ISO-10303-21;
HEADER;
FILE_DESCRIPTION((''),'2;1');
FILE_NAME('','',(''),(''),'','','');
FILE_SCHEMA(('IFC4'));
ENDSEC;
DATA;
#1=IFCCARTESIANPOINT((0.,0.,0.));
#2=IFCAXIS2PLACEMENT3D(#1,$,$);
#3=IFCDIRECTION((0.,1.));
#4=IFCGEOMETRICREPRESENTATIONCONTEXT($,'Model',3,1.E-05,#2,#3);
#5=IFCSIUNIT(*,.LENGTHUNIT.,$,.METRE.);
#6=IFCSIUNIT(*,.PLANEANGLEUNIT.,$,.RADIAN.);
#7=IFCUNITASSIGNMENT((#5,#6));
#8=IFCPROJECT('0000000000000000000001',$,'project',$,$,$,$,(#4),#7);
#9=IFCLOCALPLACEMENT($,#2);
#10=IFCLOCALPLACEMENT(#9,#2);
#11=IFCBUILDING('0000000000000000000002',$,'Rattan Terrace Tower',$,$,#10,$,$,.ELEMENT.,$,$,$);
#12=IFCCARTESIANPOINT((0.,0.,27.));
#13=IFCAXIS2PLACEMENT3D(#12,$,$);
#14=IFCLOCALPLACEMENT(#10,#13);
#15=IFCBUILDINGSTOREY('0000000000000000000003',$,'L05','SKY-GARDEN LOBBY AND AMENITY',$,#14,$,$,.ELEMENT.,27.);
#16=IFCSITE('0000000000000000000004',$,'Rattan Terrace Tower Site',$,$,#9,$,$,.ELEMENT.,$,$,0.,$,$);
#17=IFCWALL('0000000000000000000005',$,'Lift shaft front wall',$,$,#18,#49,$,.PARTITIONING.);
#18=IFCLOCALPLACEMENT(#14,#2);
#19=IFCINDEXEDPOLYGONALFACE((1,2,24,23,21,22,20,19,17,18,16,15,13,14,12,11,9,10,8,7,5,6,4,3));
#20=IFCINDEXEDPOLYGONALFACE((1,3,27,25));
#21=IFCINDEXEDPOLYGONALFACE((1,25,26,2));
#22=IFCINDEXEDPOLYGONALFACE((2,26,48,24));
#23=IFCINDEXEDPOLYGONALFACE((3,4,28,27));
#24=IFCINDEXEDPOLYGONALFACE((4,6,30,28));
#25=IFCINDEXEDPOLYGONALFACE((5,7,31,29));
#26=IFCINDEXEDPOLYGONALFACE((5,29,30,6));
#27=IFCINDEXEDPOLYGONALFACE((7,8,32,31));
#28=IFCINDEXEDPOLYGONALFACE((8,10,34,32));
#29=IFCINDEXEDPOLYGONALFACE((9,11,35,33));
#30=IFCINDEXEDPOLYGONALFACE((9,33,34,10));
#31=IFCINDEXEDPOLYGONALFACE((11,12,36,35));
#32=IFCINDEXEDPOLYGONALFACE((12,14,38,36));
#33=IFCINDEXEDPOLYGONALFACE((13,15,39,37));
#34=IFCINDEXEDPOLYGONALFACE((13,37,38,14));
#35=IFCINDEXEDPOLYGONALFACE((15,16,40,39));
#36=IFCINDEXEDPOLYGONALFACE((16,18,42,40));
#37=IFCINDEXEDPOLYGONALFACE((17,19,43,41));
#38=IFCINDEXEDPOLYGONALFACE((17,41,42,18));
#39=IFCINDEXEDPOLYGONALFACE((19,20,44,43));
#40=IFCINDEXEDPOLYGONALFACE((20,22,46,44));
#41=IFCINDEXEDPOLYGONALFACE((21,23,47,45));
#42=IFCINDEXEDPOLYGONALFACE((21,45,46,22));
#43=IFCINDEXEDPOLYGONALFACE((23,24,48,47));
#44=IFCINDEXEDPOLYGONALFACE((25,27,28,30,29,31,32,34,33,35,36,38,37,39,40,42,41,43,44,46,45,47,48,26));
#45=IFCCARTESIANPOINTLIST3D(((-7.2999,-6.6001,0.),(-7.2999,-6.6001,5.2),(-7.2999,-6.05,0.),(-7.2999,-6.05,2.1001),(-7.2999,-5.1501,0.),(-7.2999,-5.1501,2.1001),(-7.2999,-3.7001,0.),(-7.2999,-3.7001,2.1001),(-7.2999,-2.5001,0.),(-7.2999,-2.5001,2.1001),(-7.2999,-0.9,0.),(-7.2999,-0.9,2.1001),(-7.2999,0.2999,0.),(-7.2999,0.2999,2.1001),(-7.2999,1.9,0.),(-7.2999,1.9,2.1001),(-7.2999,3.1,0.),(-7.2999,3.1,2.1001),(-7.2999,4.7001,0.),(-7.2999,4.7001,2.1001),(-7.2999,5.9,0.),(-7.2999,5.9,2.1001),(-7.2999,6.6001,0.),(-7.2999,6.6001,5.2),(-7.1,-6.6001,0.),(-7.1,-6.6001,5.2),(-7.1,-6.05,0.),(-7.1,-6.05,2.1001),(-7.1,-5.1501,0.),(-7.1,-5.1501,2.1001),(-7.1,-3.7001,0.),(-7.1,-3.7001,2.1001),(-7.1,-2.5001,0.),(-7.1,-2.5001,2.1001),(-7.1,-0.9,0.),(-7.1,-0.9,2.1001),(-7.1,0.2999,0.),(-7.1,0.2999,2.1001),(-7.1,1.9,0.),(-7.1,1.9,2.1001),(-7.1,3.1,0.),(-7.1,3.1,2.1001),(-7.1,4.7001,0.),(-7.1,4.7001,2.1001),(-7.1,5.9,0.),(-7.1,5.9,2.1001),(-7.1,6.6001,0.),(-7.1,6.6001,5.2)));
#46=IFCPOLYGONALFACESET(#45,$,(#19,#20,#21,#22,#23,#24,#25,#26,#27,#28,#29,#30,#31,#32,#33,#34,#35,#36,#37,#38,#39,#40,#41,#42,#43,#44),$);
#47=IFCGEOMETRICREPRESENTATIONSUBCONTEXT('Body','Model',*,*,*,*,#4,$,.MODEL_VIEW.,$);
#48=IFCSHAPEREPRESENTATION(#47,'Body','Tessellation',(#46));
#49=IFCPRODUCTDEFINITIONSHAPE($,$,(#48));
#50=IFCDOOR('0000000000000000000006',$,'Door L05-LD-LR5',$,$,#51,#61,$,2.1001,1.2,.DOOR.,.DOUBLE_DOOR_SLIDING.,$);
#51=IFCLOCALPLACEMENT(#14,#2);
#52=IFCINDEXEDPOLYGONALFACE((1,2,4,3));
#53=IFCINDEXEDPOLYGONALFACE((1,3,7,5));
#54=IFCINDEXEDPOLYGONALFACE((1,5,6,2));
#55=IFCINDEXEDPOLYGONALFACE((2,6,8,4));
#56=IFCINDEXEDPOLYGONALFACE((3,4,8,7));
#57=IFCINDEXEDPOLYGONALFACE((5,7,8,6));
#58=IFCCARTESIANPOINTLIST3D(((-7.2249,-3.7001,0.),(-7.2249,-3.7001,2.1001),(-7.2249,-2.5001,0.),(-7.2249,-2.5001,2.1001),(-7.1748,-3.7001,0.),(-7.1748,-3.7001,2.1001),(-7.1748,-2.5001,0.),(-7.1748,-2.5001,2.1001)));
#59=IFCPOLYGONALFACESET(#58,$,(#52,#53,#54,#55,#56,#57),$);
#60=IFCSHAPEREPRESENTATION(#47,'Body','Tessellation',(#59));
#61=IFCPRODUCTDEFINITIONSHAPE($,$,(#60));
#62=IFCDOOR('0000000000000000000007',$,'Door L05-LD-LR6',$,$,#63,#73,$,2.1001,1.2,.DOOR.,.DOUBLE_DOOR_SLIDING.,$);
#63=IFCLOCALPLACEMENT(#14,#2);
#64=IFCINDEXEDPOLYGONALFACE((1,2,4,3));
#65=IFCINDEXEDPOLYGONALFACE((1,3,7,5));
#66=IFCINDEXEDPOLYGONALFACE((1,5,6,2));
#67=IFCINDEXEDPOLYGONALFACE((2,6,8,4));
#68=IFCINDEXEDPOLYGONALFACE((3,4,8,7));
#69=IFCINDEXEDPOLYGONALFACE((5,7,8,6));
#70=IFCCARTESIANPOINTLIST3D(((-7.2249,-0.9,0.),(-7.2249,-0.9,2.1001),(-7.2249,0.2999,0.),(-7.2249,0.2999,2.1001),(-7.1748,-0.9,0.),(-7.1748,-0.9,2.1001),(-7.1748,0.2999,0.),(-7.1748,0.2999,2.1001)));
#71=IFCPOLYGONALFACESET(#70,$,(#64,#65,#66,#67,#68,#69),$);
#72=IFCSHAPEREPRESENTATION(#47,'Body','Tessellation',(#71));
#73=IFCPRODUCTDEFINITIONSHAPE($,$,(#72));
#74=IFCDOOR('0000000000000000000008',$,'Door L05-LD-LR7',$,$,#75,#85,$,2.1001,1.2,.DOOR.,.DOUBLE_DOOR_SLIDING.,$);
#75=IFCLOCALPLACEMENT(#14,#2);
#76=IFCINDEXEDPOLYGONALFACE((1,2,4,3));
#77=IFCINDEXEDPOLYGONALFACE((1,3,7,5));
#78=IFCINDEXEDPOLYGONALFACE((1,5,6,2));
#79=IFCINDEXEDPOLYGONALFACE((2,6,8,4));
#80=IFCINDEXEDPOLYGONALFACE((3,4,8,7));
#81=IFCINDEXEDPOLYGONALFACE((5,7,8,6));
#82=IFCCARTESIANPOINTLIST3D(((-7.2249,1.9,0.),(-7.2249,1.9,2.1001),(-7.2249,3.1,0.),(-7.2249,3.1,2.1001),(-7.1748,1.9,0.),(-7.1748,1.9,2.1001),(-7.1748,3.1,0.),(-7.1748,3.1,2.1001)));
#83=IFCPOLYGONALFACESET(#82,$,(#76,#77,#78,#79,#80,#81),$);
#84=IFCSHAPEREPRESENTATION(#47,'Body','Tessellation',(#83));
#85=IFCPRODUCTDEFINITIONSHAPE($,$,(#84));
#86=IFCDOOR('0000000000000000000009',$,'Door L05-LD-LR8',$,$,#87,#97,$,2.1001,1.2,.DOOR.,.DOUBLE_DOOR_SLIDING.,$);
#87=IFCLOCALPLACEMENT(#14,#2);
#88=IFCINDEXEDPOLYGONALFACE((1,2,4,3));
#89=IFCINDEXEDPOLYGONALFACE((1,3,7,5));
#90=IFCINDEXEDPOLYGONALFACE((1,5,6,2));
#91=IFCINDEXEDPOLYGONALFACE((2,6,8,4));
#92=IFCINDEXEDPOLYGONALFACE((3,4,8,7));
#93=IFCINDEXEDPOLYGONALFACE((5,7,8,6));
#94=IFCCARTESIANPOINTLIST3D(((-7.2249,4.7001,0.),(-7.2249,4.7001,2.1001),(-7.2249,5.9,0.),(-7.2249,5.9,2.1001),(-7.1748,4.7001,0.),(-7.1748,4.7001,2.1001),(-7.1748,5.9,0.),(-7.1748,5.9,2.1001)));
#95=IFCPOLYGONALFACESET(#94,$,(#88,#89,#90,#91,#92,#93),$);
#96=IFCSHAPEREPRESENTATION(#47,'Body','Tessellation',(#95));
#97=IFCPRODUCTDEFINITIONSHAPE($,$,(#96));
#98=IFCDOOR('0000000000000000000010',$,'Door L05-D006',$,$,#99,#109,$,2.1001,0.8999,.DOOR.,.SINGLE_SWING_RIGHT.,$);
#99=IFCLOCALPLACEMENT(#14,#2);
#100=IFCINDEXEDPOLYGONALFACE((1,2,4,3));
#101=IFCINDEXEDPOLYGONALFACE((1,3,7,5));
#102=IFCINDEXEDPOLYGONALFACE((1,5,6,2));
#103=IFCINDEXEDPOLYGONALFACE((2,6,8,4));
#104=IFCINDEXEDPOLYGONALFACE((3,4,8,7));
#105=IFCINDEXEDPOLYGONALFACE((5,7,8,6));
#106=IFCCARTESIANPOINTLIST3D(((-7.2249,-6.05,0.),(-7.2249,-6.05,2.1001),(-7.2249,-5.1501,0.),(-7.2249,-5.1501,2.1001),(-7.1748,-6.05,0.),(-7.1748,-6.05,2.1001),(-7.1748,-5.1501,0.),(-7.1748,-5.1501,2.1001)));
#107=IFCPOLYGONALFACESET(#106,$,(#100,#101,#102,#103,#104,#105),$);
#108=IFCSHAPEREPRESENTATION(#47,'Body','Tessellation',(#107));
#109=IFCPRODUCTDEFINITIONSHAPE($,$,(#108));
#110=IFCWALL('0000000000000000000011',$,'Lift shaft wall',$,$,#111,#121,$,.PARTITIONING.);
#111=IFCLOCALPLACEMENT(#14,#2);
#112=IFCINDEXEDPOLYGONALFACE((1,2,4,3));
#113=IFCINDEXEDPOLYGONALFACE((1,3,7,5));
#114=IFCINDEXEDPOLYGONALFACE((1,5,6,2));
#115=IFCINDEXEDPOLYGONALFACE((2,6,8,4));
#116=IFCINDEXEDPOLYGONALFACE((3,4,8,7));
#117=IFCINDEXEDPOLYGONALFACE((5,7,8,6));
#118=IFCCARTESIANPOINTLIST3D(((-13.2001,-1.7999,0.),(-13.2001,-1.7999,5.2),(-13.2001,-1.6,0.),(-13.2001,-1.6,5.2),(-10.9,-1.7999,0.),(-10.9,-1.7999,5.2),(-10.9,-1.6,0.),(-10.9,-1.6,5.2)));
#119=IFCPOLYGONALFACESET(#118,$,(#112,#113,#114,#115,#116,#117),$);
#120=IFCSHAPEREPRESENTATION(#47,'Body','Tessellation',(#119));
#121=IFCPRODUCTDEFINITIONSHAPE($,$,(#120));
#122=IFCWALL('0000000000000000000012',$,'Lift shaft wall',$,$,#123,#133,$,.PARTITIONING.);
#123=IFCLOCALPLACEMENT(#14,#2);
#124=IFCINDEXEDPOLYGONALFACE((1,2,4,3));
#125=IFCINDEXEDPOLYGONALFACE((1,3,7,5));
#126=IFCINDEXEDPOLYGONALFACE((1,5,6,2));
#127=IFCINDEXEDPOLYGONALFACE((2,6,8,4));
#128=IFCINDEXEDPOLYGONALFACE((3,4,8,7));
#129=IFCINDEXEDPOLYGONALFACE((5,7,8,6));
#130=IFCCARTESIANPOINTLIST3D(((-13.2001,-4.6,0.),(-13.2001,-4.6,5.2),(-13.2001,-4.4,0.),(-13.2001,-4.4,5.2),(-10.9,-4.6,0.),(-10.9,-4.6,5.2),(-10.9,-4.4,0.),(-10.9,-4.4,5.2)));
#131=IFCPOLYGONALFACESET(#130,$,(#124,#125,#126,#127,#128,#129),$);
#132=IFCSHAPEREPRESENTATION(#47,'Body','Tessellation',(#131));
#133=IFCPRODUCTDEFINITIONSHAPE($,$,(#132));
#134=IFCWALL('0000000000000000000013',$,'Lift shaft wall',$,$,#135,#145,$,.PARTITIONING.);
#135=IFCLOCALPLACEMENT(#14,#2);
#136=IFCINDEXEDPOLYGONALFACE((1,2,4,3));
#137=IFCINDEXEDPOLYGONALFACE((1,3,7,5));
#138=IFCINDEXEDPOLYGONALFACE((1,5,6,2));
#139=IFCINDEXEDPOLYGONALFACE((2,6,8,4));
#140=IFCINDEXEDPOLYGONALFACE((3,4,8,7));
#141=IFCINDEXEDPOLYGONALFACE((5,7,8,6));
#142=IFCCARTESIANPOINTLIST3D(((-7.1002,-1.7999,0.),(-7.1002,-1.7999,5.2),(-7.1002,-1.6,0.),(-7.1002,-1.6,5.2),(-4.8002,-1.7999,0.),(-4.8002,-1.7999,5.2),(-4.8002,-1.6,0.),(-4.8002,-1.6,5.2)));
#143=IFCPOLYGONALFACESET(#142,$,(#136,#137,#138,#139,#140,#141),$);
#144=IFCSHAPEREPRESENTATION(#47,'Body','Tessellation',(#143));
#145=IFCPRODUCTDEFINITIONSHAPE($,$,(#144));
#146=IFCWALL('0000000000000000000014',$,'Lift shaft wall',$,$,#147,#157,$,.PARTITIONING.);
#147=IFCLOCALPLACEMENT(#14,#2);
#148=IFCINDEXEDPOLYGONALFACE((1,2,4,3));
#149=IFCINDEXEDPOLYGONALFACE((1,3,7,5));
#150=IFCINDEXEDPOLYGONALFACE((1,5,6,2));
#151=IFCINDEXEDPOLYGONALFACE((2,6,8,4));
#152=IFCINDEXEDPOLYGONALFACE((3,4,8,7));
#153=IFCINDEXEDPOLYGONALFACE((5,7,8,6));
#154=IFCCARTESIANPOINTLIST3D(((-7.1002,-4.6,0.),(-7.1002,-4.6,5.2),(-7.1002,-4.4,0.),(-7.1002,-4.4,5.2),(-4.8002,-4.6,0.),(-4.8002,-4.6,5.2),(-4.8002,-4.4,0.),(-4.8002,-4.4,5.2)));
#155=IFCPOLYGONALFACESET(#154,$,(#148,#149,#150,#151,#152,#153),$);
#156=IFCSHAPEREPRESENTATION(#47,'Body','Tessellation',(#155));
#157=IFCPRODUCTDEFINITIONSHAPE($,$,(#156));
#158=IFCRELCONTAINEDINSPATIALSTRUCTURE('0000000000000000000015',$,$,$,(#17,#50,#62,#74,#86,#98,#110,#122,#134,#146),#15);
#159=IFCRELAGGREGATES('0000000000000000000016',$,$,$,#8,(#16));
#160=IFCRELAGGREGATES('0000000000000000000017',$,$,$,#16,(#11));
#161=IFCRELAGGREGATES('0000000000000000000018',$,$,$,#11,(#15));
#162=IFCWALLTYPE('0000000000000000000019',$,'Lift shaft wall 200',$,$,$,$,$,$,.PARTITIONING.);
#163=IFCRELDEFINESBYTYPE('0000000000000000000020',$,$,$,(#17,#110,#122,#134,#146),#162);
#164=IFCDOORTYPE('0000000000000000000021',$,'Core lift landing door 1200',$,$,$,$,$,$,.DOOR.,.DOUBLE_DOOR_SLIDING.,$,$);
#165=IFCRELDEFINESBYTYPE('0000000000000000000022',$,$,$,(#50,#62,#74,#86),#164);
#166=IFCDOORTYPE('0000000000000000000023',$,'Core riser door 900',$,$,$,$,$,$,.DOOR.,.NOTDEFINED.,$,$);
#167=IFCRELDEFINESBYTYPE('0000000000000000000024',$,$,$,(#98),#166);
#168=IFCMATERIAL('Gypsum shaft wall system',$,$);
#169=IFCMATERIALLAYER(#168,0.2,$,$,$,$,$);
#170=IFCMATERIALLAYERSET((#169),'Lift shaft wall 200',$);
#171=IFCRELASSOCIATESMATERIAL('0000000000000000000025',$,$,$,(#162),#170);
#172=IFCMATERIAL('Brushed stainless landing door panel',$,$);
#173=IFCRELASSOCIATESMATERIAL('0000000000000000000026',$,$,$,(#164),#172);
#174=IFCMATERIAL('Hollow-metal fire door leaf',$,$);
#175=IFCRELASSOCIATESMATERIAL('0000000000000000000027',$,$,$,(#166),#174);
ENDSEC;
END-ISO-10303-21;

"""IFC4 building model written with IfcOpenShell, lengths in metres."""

from ifc_helpers import new_model, si_unit, direction, frame, frame_2d, origin, place, context, subcontext, project, spatial, rectangle, extrude, material, layer, layer_set, type_object, element, fill, save


model = new_model("IFC4")

# Units and contexts
model_context = context("Model", 3, precision=1e-05, world=origin(), true_north=direction((0.0, 1.0)))
body_context = subcontext(model_context, "Body", "Model", "MODEL_VIEW")
ifc_project = project(units=[si_unit("LENGTHUNIT", "METRE"), si_unit("PLANEANGLEUNIT", "RADIAN")], contexts=[model_context])

# Site, building, storey
site_placement = place(None, origin())
site = spatial("IfcSite", under=ifc_project, at=site_placement, Name="Rattan Terrace Tower Site", CompositionType="ELEMENT", RefElevation=0.0)
building_placement = place(site_placement, origin())
building = spatial("IfcBuilding", under=site, at=building_placement, Name="Rattan Terrace Tower", CompositionType="ELEMENT")
storey_placement = place(building_placement, frame((0.0, 0.0, 27.0)))
storey = spatial("IfcBuildingStorey", under=building, at=storey_placement, Name="L05", Description="SKY-GARDEN LOBBY AND AMENITY", CompositionType="ELEMENT", Elevation=27.0)

# Wall, openings, doors
ifc_material_1 = material(Name="Gypsum shaft wall system")
ifc_layer_1 = layer(ifc_material_1, 0.2)
ifc_layer_set_1 = layer_set([ifc_layer_1], Name="Lift shaft wall 200")
wall_type_1 = type_object("IfcWallType", Name="Lift shaft wall 200", PredefinedType="PARTITIONING", material=ifc_layer_set_1)
ifc_material_2 = material(Name="Brushed stainless landing door panel")
door_type_1 = type_object("IfcDoorType", Name="Core lift landing door 1200", OperationType="DOUBLE_DOOR_SLIDING", PredefinedType="DOOR", material=ifc_material_2)
ifc_material_3 = material(Name="Hollow-metal fire door leaf")
door_type_2 = type_object("IfcDoorType", Name="Core riser door 900", OperationType="NOTDEFINED", PredefinedType="DOOR", material=ifc_material_3)
wall_1_placement = place(storey_placement, frame((-7.2, -6.6001, 0.0), z_axis=(0.0, 0.0, 1.0), x_axis=(0.0, 1.0, 0.0)))
wall_1 = element("IfcWall", 1, at=wall_1_placement, inside=storey, type_object=wall_type_1, Name="Lift shaft front wall", PredefinedType="PARTITIONING", context=body_context, shape_type="SweptSolid", body=[
    extrude(rectangle(XDim=13.2002, YDim=0.2, at=frame_2d((6.6001, 0.0))), origin(), (0.0, 0.0, 1.0), 5.2),
])
opening_1_placement = place(wall_1_placement, frame((0.55, 0.0, 0.0)))
opening_1 = element("IfcOpeningElement", 2, at=opening_1_placement, cuts=wall_1, PredefinedType="OPENING", context=body_context, shape_type="SweptSolid", body=[
    extrude(rectangle(XDim=0.8999, YDim=2.1001, at=frame_2d((0.45, 1.05))), frame((0.0, 0.1106, 0.0), z_axis=(0.0, -1.0, 0.0), x_axis=(1.0, 0.0, 0.0)), (0.0, 0.0, 1.0), 0.2209),
])
opening_2_placement = place(wall_1_placement, frame((2.8999, 0.0, 0.0)))
opening_2 = element("IfcOpeningElement", 3, at=opening_2_placement, cuts=wall_1, PredefinedType="OPENING", context=body_context, shape_type="SweptSolid", body=[
    extrude(rectangle(XDim=1.2, YDim=2.1001, at=frame_2d((0.6001, 1.05))), frame((0.0, 0.1106, 0.0), z_axis=(0.0, -1.0, 0.0), x_axis=(1.0, 0.0, 0.0)), (0.0, 0.0, 1.0), 0.2209),
])
opening_3_placement = place(wall_1_placement, frame((5.7, 0.0, 0.0)))
opening_3 = element("IfcOpeningElement", 4, at=opening_3_placement, cuts=wall_1, PredefinedType="OPENING", context=body_context, shape_type="SweptSolid", body=[
    extrude(rectangle(XDim=1.2, YDim=2.1001, at=frame_2d((0.6001, 1.05))), frame((0.0, 0.1106, 0.0), z_axis=(0.0, -1.0, 0.0), x_axis=(1.0, 0.0, 0.0)), (0.0, 0.0, 1.0), 0.2209),
])
opening_4_placement = place(wall_1_placement, frame((8.5, 0.0, 0.0)))
opening_4 = element("IfcOpeningElement", 5, at=opening_4_placement, cuts=wall_1, PredefinedType="OPENING", context=body_context, shape_type="SweptSolid", body=[
    extrude(rectangle(XDim=1.2, YDim=2.1001, at=frame_2d((0.6001, 1.05))), frame((0.0, 0.1106, 0.0), z_axis=(0.0, -1.0, 0.0), x_axis=(1.0, 0.0, 0.0)), (0.0, 0.0, 1.0), 0.2209),
])
opening_5_placement = place(wall_1_placement, frame((11.3, 0.0, 0.0)))
opening_5 = element("IfcOpeningElement", 6, at=opening_5_placement, cuts=wall_1, PredefinedType="OPENING", context=body_context, shape_type="SweptSolid", body=[
    extrude(rectangle(XDim=1.2, YDim=2.1001, at=frame_2d((0.6001, 1.05))), frame((0.0, 0.1106, 0.0), z_axis=(0.0, -1.0, 0.0), x_axis=(1.0, 0.0, 0.0)), (0.0, 0.0, 1.0), 0.2209),
])
door_1_placement = place(opening_2_placement, origin())
door_1 = element("IfcDoor", 7, at=door_1_placement, inside=storey, type_object=door_type_1, Name="Door L05-LD-LR5", OperationType="DOUBLE_DOOR_SLIDING", OverallHeight=2.1001, OverallWidth=1.2, PredefinedType="DOOR", context=body_context, shape_type="SweptSolid", body=[
    extrude(rectangle(XDim=1.2, YDim=2.1001, at=frame_2d((0.6001, 1.05))), frame((0.0, 0.0249, 0.0), z_axis=(0.0, -1.0, 0.0), x_axis=(1.0, 0.0, 0.0)), (0.0, 0.0, 1.0), 0.05),
])
fill(opening_2, door_1)
door_2_placement = place(opening_3_placement, origin())
door_2 = element("IfcDoor", 8, at=door_2_placement, inside=storey, type_object=door_type_1, Name="Door L05-LD-LR6", OperationType="DOUBLE_DOOR_SLIDING", OverallHeight=2.1001, OverallWidth=1.2, PredefinedType="DOOR", context=body_context, shape_type="SweptSolid", body=[
    extrude(rectangle(XDim=1.2, YDim=2.1001, at=frame_2d((0.6001, 1.05))), frame((0.0, 0.0249, 0.0), z_axis=(0.0, -1.0, 0.0), x_axis=(1.0, 0.0, 0.0)), (0.0, 0.0, 1.0), 0.05),
])
fill(opening_3, door_2)
door_3_placement = place(opening_4_placement, origin())
door_3 = element("IfcDoor", 9, at=door_3_placement, inside=storey, type_object=door_type_1, Name="Door L05-LD-LR7", OperationType="DOUBLE_DOOR_SLIDING", OverallHeight=2.1001, OverallWidth=1.2, PredefinedType="DOOR", context=body_context, shape_type="SweptSolid", body=[
    extrude(rectangle(XDim=1.2, YDim=2.1001, at=frame_2d((0.6001, 1.05))), frame((0.0, 0.0249, 0.0), z_axis=(0.0, -1.0, 0.0), x_axis=(1.0, 0.0, 0.0)), (0.0, 0.0, 1.0), 0.05),
])
fill(opening_4, door_3)
door_4_placement = place(opening_5_placement, origin())
door_4 = element("IfcDoor", 10, at=door_4_placement, inside=storey, type_object=door_type_1, Name="Door L05-LD-LR8", OperationType="DOUBLE_DOOR_SLIDING", OverallHeight=2.1001, OverallWidth=1.2, PredefinedType="DOOR", context=body_context, shape_type="SweptSolid", body=[
    extrude(rectangle(XDim=1.2, YDim=2.1001, at=frame_2d((0.6001, 1.05))), frame((0.0, 0.0249, 0.0), z_axis=(0.0, -1.0, 0.0), x_axis=(1.0, 0.0, 0.0)), (0.0, 0.0, 1.0), 0.05),
])
fill(opening_5, door_4)
door_5_placement = place(opening_1_placement, origin())
door_5 = element("IfcDoor", 11, at=door_5_placement, inside=storey, type_object=door_type_2, Name="Door L05-D006", OperationType="SINGLE_SWING_RIGHT", OverallHeight=2.1001, OverallWidth=0.8999, PredefinedType="DOOR", context=body_context, shape_type="SweptSolid", body=[
    extrude(rectangle(XDim=0.8999, YDim=2.1001, at=frame_2d((0.45, 1.05))), frame((0.0, 0.0249, 0.0), z_axis=(0.0, -1.0, 0.0), x_axis=(1.0, 0.0, 0.0)), (0.0, 0.0, 1.0), 0.05),
])
fill(opening_1, door_5)

# Walls
for number, where, z_axis, x_axis, name in (
    (12, (-13.2, -1.7, 0.0), (0.0, 0.0, 1.0), (1.0, 0.0, 0.0), "Lift shaft wall"),
    (13, (-13.2, -4.5, 0.0), (0.0, 0.0, 1.0), (1.0, 0.0, 0.0), "Lift shaft wall"),
    (14, (-7.1001, -1.7, 0.0), (0.0, 0.0, 1.0), (1.0, 0.0, 0.0), "Lift shaft wall"),
    (15, (-7.1001, -4.5, 0.0), (0.0, 0.0, 1.0), (1.0, 0.0, 0.0), "Lift shaft wall"),
):
    element("IfcWall", number, at=place(storey_placement, frame(where, z_axis=z_axis, x_axis=x_axis)), inside=storey, type_object=wall_type_1, Name=name, PredefinedType="PARTITIONING", context=body_context, shape_type="SweptSolid", body=[
        extrude(rectangle(XDim=2.3, YDim=0.2, at=frame_2d((1.1499, 0.0))), origin(), (0.0, 0.0, 1.0), 5.2),
    ])

save(model, "model.ifc")
